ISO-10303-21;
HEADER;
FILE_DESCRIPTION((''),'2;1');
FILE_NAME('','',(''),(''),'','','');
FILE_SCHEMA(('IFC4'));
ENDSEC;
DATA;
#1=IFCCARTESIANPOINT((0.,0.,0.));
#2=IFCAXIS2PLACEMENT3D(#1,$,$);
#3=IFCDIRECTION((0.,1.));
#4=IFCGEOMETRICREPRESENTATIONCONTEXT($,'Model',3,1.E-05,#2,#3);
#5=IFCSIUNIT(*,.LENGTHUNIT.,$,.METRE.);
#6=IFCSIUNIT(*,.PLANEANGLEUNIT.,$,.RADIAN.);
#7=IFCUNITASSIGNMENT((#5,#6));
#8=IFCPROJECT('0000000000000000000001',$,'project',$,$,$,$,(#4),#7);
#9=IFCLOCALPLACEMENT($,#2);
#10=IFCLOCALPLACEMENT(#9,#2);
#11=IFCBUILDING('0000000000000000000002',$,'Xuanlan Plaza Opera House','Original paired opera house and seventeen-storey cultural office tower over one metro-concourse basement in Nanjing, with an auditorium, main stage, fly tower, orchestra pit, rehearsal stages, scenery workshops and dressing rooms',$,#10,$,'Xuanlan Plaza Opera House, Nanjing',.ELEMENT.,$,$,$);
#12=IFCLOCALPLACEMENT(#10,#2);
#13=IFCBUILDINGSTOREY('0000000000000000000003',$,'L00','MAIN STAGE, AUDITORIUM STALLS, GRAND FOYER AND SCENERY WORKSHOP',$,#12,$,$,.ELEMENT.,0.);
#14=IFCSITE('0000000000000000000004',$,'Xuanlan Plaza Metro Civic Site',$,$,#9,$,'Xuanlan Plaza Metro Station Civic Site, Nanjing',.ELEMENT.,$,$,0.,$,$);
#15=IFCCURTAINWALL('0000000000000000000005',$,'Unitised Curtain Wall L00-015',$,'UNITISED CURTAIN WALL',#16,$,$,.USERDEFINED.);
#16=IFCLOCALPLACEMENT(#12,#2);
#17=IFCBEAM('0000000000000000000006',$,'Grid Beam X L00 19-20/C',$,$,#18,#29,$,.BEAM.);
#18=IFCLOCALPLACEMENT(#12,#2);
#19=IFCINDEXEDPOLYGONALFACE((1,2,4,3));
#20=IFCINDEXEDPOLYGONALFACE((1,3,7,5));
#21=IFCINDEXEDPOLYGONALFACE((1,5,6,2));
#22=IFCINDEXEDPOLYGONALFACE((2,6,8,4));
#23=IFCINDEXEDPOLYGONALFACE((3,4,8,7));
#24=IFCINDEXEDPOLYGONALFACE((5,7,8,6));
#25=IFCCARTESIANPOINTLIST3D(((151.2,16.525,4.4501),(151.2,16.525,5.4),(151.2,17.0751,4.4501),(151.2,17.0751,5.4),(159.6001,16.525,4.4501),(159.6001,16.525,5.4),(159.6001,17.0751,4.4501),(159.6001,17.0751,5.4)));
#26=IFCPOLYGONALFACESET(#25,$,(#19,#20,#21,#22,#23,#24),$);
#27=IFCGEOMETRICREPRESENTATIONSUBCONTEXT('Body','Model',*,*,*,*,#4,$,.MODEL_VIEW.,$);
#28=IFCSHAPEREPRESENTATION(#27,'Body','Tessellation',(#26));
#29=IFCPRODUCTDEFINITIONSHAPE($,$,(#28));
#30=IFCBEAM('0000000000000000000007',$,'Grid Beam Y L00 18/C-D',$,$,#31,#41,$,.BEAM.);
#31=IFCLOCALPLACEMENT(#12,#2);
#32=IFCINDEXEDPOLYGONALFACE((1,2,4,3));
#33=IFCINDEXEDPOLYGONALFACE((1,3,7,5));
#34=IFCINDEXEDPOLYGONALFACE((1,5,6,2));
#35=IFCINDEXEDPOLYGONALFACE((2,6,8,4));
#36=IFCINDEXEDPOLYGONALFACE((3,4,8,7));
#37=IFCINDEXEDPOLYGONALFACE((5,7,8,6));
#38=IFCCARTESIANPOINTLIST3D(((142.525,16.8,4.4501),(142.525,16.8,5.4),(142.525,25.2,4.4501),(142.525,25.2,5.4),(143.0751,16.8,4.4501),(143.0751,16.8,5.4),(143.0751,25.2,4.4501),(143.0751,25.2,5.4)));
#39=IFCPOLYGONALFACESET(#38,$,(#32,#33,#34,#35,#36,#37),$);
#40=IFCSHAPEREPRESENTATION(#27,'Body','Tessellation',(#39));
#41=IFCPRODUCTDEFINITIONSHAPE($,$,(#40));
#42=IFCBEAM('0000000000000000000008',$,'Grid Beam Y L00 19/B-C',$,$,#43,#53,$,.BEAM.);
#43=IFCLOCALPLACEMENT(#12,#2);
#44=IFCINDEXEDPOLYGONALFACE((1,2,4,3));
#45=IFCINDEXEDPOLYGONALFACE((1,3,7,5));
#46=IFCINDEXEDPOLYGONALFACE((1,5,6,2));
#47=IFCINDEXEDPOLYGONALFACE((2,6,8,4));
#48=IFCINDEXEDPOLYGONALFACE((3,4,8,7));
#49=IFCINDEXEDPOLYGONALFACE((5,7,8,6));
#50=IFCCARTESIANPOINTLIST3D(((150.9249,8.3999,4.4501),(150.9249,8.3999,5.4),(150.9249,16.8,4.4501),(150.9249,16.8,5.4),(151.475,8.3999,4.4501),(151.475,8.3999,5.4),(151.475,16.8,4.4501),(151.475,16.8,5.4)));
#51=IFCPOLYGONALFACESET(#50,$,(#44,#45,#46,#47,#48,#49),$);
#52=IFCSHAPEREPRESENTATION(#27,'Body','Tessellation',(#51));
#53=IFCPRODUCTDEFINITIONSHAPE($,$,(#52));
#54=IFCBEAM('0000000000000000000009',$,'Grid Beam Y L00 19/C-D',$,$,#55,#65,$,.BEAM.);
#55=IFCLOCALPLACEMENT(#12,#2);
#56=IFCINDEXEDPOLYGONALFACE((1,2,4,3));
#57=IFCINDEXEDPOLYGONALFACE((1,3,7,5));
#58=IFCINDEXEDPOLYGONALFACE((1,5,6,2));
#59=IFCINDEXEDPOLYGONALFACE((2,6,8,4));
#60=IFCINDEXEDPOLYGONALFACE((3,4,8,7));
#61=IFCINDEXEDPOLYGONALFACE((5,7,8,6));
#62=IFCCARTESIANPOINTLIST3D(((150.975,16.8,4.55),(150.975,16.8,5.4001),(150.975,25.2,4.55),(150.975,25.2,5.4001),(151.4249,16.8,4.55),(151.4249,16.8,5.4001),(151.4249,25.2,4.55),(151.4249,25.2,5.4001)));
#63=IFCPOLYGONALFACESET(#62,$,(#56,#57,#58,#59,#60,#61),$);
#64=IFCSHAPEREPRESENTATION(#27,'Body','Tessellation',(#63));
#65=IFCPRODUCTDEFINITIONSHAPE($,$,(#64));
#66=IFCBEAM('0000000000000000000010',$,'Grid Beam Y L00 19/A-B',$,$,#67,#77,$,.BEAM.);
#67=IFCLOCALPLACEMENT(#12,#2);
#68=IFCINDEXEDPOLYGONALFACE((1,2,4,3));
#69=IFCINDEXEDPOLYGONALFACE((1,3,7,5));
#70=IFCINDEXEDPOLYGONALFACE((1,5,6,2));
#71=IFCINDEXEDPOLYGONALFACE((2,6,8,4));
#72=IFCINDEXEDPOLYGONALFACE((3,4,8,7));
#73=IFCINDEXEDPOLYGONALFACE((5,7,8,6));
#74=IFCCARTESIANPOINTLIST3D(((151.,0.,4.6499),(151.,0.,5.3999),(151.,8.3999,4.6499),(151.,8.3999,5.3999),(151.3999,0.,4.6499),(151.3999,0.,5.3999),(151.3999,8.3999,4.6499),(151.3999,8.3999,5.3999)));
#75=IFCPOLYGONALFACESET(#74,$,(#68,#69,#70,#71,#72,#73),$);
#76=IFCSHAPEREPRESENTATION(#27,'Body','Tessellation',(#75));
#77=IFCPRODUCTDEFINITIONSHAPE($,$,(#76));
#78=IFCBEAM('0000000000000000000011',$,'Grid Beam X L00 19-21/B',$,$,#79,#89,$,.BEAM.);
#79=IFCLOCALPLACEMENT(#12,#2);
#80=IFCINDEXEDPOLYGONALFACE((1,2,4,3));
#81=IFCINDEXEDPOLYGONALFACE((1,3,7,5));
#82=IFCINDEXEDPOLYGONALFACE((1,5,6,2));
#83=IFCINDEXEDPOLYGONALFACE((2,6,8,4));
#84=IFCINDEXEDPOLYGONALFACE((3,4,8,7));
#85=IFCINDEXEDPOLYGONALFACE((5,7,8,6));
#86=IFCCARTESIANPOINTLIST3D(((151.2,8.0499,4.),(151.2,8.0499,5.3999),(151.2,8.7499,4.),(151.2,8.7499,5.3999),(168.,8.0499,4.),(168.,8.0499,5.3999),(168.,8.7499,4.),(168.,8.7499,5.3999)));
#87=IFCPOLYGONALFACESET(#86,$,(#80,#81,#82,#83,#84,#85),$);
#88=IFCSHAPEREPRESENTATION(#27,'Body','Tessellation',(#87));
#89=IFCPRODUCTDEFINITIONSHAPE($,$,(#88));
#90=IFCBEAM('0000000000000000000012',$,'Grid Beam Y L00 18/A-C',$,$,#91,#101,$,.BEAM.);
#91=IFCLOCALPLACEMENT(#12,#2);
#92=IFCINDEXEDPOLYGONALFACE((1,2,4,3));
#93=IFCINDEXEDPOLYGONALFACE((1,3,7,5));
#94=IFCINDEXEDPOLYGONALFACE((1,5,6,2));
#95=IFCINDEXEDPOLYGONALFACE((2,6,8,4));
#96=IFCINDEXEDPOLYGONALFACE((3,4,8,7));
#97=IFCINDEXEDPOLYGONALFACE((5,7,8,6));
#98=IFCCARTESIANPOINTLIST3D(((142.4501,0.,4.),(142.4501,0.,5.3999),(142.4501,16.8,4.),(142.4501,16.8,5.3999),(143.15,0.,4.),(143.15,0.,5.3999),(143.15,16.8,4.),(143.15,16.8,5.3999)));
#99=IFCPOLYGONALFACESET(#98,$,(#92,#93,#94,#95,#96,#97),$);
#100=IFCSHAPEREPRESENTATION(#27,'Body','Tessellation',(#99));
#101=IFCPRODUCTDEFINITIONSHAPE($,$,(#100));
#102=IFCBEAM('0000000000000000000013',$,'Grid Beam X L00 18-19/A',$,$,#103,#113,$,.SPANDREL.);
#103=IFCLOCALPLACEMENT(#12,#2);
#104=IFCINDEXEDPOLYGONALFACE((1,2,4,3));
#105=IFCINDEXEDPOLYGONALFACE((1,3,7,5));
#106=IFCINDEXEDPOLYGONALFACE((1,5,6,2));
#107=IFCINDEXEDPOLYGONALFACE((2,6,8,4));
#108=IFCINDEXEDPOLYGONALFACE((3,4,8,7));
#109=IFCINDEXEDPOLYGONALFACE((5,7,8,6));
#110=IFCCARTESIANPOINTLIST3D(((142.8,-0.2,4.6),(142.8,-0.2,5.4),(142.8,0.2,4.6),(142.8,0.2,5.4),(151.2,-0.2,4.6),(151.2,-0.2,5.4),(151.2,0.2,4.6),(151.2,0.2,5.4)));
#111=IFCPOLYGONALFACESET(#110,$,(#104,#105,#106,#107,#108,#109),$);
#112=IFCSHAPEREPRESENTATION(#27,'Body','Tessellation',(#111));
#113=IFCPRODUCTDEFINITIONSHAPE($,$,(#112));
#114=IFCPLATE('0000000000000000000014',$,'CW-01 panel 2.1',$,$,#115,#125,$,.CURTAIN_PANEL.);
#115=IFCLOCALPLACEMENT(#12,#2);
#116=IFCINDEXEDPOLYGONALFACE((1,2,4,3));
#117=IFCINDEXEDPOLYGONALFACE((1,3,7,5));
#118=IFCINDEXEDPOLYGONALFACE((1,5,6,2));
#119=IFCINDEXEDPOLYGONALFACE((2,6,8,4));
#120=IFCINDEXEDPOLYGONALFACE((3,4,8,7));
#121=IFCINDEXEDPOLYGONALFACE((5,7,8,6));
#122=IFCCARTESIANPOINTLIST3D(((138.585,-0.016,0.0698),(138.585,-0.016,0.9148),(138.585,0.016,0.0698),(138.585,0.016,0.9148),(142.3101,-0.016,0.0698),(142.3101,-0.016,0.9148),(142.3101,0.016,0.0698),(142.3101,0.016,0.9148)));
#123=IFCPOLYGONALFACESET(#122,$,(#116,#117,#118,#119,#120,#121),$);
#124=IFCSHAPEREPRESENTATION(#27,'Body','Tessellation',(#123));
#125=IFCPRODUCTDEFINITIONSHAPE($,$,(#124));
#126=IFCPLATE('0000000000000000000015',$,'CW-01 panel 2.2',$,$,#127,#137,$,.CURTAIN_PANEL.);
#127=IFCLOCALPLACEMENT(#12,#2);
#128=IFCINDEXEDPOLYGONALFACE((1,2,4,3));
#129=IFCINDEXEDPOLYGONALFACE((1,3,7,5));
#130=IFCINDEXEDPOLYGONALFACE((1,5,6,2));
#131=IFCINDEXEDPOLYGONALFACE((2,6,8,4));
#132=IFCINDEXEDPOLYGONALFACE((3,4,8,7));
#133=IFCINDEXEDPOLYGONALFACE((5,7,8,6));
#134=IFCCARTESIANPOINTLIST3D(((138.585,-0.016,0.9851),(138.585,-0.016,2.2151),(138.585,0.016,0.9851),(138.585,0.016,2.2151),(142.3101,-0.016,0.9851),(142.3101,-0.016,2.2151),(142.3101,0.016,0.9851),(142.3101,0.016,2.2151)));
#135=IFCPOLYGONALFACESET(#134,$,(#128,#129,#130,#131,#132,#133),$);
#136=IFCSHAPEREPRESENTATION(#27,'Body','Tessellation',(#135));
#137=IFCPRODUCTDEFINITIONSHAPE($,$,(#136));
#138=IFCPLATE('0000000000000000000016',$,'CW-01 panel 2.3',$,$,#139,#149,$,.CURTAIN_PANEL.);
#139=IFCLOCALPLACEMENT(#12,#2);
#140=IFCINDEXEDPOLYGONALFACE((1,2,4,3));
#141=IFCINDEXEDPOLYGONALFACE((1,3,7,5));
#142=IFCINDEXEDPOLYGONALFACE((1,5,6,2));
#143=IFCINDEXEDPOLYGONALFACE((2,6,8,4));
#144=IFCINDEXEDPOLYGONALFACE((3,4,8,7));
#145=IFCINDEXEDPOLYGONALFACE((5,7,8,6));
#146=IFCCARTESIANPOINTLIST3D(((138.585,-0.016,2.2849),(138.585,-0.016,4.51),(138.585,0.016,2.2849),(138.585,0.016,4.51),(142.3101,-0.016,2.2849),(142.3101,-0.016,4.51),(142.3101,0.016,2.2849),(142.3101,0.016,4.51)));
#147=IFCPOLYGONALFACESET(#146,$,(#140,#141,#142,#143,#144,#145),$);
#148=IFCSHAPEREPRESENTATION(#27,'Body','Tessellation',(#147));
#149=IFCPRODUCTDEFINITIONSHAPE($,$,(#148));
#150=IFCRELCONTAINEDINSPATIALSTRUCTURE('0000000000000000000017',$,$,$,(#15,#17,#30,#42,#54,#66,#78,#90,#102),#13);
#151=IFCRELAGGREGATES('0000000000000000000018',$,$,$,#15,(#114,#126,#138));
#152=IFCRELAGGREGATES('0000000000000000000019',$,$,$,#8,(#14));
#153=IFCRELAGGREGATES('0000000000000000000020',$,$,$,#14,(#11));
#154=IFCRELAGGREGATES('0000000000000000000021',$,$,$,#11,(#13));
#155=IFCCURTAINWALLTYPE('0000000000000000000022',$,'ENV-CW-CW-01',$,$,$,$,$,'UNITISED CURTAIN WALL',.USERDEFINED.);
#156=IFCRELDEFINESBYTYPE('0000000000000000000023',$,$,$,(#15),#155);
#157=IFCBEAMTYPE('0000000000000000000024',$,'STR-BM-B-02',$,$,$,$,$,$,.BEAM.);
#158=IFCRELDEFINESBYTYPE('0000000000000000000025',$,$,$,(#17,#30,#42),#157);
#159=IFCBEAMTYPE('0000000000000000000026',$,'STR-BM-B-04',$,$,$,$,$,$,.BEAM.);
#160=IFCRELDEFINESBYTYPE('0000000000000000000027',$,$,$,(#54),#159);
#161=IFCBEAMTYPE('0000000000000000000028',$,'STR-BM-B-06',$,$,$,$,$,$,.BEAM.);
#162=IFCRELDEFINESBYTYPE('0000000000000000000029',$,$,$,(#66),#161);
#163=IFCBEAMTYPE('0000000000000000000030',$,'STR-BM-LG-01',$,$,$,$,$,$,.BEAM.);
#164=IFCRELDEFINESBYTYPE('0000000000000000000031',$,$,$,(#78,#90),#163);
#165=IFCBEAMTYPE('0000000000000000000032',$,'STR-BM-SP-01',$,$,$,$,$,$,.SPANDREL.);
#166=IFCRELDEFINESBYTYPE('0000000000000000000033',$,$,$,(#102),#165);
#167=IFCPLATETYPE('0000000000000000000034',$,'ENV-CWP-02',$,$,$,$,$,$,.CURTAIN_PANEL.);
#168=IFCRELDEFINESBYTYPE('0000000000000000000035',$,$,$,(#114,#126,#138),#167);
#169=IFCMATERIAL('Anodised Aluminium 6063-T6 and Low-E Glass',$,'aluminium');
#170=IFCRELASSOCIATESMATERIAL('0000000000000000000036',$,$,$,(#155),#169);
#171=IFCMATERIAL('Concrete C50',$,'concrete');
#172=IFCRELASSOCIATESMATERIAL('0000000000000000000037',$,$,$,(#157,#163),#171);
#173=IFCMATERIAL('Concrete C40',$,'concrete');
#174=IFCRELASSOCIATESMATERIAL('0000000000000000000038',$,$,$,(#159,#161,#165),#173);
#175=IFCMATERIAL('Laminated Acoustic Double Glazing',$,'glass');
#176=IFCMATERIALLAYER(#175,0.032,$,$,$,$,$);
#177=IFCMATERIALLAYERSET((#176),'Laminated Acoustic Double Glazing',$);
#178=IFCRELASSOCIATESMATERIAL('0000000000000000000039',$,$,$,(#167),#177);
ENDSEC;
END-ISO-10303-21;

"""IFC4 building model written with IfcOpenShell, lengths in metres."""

from ifc_helpers import new_model, si_unit, direction, frame, origin, origin_2d, place, context, subcontext, project, spatial, rectangle, extrude, material, layer, layer_set, material_profile, profile_set, type_object, element, aggregate, save


model = new_model("IFC4")

# Units and contexts
model_context = context("Model", 3, precision=1e-05, world=origin(), true_north=direction((0.0, 1.0)))
body_context = subcontext(model_context, "Body", "Model", "MODEL_VIEW")
ifc_project = project(units=[si_unit("LENGTHUNIT", "METRE"), si_unit("PLANEANGLEUNIT", "RADIAN")], contexts=[model_context])

# Site, building, storey
site_placement = place(None, origin())
site = spatial("IfcSite", under=ifc_project, at=site_placement, Name="Xuanlan Plaza Metro Civic Site", LongName="Xuanlan Plaza Metro Station Civic Site, Nanjing", CompositionType="ELEMENT", RefElevation=0.0)
building_placement = place(site_placement, origin())
building = spatial("IfcBuilding", under=site, at=building_placement, Name="Xuanlan Plaza Opera House", Description="Original paired opera house and seventeen-storey cultural office tower over one metro-concourse basement in Nanjing, with an auditorium, main stage, fly tower, orchestra pit, rehearsal stages, scenery workshops and dressing rooms", LongName="Xuanlan Plaza Opera House, Nanjing", CompositionType="ELEMENT")
storey_placement = place(building_placement, origin())
storey = spatial("IfcBuildingStorey", under=building, at=storey_placement, Name="L00", Description="MAIN STAGE, AUDITORIUM STALLS, GRAND FOYER AND SCENERY WORKSHOP", CompositionType="ELEMENT", Elevation=0.0)

# Shared definitions
ifc_material_1 = material(Name="Concrete C40", Category="concrete")

# Curtain wall
ifc_material_2 = material(Name="Anodised Aluminium 6063-T6 and Low-E Glass", Category="aluminium")
curtain_wall_type_1 = type_object("IfcCurtainWallType", Name="ENV-CW-CW-01", ElementType="UNITISED CURTAIN WALL", PredefinedType="USERDEFINED", material=ifc_material_2)
curtain_wall_1_placement = place(storey_placement, origin())
curtain_wall_1 = element("IfcCurtainWall", 1, at=curtain_wall_1_placement, inside=storey, type_object=curtain_wall_type_1, Name="Unitised Curtain Wall L00-015", ObjectType="UNITISED CURTAIN WALL", PredefinedType="USERDEFINED")

# Beams
ifc_material_3 = material(Name="Concrete C50", Category="concrete")
ifc_material_profile_1 = material_profile(ifc_material_3, rectangle(XDim=0.55, YDim=0.95, at=origin_2d()), Name="RC-BM 550x950")
ifc_profile_set_1 = profile_set([ifc_material_profile_1], Name="Concrete C50")
beam_type_1 = type_object("IfcBeamType", Name="STR-BM-B-02", PredefinedType="BEAM", material=ifc_profile_set_1)
beam_1_placement = place(storey_placement, frame((151.2, 16.8, 4.925), z_axis=(1.0, 0.0, 0.0), x_axis=(0.0, 1.0, 0.0)))
element("IfcBeam", 2, at=beam_1_placement, inside=storey, type_object=beam_type_1, Name="Grid Beam X L00 19-20/C", PredefinedType="BEAM", context=body_context, shape_type="SweptSolid", body=[
    extrude(rectangle(XDim=0.55, YDim=0.95, at=origin_2d()), origin(), (0.0, 0.0, 1.0), 8.4001),
])
beam_2_placement = place(storey_placement, frame((142.8, 16.8, 4.925), z_axis=(0.0, 1.0, 0.0), x_axis=(-1.0, 0.0, 0.0)))
element("IfcBeam", 3, at=beam_2_placement, inside=storey, type_object=beam_type_1, Name="Grid Beam Y L00 18/C-D", PredefinedType="BEAM", context=body_context, shape_type="SweptSolid", body=[
    extrude(rectangle(XDim=0.55, YDim=0.95, at=origin_2d()), origin(), (0.0, 0.0, 1.0), 8.3999),
])
beam_3_placement = place(storey_placement, frame((151.2, 8.3999, 4.925), z_axis=(0.0, 1.0, 0.0), x_axis=(-1.0, 0.0, 0.0)))
element("IfcBeam", 4, at=beam_3_placement, inside=storey, type_object=beam_type_1, Name="Grid Beam Y L00 19/B-C", PredefinedType="BEAM", context=body_context, shape_type="SweptSolid", body=[
    extrude(rectangle(XDim=0.55, YDim=0.95, at=origin_2d()), origin(), (0.0, 0.0, 1.0), 8.4001),
])
ifc_material_profile_2 = material_profile(ifc_material_1, rectangle(XDim=0.45, YDim=0.8501, at=origin_2d()), Name="RC-BM 450x850")
ifc_profile_set_2 = profile_set([ifc_material_profile_2], Name="Concrete C40")
beam_type_2 = type_object("IfcBeamType", Name="STR-BM-B-04", PredefinedType="BEAM", material=ifc_profile_set_2)
beam_4_placement = place(storey_placement, frame((151.2, 16.8, 4.9751), z_axis=(0.0, 1.0, 0.0), x_axis=(-1.0, 0.0, 0.0)))
element("IfcBeam", 5, at=beam_4_placement, inside=storey, type_object=beam_type_2, Name="Grid Beam Y L00 19/C-D", PredefinedType="BEAM", context=body_context, shape_type="SweptSolid", body=[
    extrude(rectangle(XDim=0.45, YDim=0.8501, at=origin_2d()), origin(), (0.0, 0.0, 1.0), 8.3999),
])
ifc_material_profile_3 = material_profile(ifc_material_1, rectangle(XDim=0.3999, YDim=0.75, at=origin_2d()), Name="RC-BM 400x750")
ifc_profile_set_3 = profile_set([ifc_material_profile_3], Name="Concrete C40")
beam_type_3 = type_object("IfcBeamType", Name="STR-BM-B-06", PredefinedType="BEAM", material=ifc_profile_set_3)
beam_5_placement = place(storey_placement, frame((151.2, 0.0, 5.0249), z_axis=(0.0, 1.0, 0.0), x_axis=(-1.0, 0.0, 0.0)))
element("IfcBeam", 6, at=beam_5_placement, inside=storey, type_object=beam_type_3, Name="Grid Beam Y L00 19/A-B", PredefinedType="BEAM", context=body_context, shape_type="SweptSolid", body=[
    extrude(rectangle(XDim=0.3999, YDim=0.75, at=origin_2d()), origin(), (0.0, 0.0, 1.0), 8.3999),
])
ifc_material_profile_4 = material_profile(ifc_material_3, rectangle(XDim=0.7, YDim=1.3999, at=origin_2d()), Name="RC-LG 700x1400")
ifc_profile_set_4 = profile_set([ifc_material_profile_4], Name="Concrete C50")
beam_type_4 = type_object("IfcBeamType", Name="STR-BM-LG-01", PredefinedType="BEAM", material=ifc_profile_set_4)
for number, where, z_axis, x_axis, name in (
    (7, (151.2, 8.3999, 4.7), (1.0, 0.0, 0.0), (0.0, 1.0, 0.0), "Grid Beam X L00 19-21/B"),
    (8, (142.8, 0.0, 4.7), (0.0, 1.0, 0.0), (-1.0, 0.0, 0.0), "Grid Beam Y L00 18/A-C"),
):
    element("IfcBeam", number, at=place(storey_placement, frame(where, z_axis=z_axis, x_axis=x_axis)), inside=storey, type_object=beam_type_4, Name=name, PredefinedType="BEAM", context=body_context, shape_type="SweptSolid", body=[
        extrude(rectangle(XDim=0.7, YDim=1.3999, at=origin_2d()), origin(), (0.0, 0.0, 1.0), 16.8),
    ])
ifc_material_profile_5 = material_profile(ifc_material_1, rectangle(XDim=0.3999, YDim=0.8, at=origin_2d()), Name="RC-SPD 400x800")
ifc_profile_set_5 = profile_set([ifc_material_profile_5], Name="Concrete C40")
beam_type_5 = type_object("IfcBeamType", Name="STR-BM-SP-01", PredefinedType="SPANDREL", material=ifc_profile_set_5)
beam_6_placement = place(storey_placement, frame((142.8, 0.0, 5.0), z_axis=(1.0, 0.0, 0.0), x_axis=(0.0, 1.0, 0.0)))
element("IfcBeam", 9, at=beam_6_placement, inside=storey, type_object=beam_type_5, Name="Grid Beam X L00 18-19/A", PredefinedType="SPANDREL", context=body_context, shape_type="SweptSolid", body=[
    extrude(rectangle(XDim=0.3999, YDim=0.8, at=origin_2d()), origin(), (0.0, 0.0, 1.0), 8.3999),
])

# Plates
ifc_material_4 = material(Name="Laminated Acoustic Double Glazing", Category="glass")
ifc_layer_1 = layer(ifc_material_4, 0.032)
ifc_layer_set_1 = layer_set([ifc_layer_1], Name="Laminated Acoustic Double Glazing")
plate_type = type_object("IfcPlateType", Name="ENV-CWP-02", PredefinedType="CURTAIN_PANEL", material=ifc_layer_set_1)
plate_1_placement = place(storey_placement, frame((140.4475, 0.0, 0.0698), z_axis=(0.0, 0.0, 1.0), x_axis=(1.0, 0.0, 0.0)))
plate_1 = element("IfcPlate", 10, at=plate_1_placement, type_object=plate_type, Name="CW-01 panel 2.1", PredefinedType="CURTAIN_PANEL", context=body_context, shape_type="SweptSolid", body=[
    extrude(rectangle(XDim=3.7251, YDim=0.032, at=origin_2d()), origin(), (0.0, 0.0, 1.0), 0.845),
])
plate_2_placement = place(storey_placement, frame((140.4475, 0.0, 0.9851), z_axis=(0.0, 0.0, 1.0), x_axis=(1.0, 0.0, 0.0)))
plate_2 = element("IfcPlate", 11, at=plate_2_placement, type_object=plate_type, Name="CW-01 panel 2.2", PredefinedType="CURTAIN_PANEL", context=body_context, shape_type="SweptSolid", body=[
    extrude(rectangle(XDim=3.7251, YDim=0.032, at=origin_2d()), origin(), (0.0, 0.0, 1.0), 1.23),
])
plate_3_placement = place(storey_placement, frame((140.4475, 0.0, 2.2849), z_axis=(0.0, 0.0, 1.0), x_axis=(1.0, 0.0, 0.0)))
plate_3 = element("IfcPlate", 12, at=plate_3_placement, type_object=plate_type, Name="CW-01 panel 2.3", PredefinedType="CURTAIN_PANEL", context=body_context, shape_type="SweptSolid", body=[
    extrude(rectangle(XDim=3.7251, YDim=0.032, at=origin_2d()), origin(), (0.0, 0.0, 1.0), 2.2251),
])
aggregate(curtain_wall_1, [plate_1, plate_2, plate_3])

save(model, "model.ifc")
